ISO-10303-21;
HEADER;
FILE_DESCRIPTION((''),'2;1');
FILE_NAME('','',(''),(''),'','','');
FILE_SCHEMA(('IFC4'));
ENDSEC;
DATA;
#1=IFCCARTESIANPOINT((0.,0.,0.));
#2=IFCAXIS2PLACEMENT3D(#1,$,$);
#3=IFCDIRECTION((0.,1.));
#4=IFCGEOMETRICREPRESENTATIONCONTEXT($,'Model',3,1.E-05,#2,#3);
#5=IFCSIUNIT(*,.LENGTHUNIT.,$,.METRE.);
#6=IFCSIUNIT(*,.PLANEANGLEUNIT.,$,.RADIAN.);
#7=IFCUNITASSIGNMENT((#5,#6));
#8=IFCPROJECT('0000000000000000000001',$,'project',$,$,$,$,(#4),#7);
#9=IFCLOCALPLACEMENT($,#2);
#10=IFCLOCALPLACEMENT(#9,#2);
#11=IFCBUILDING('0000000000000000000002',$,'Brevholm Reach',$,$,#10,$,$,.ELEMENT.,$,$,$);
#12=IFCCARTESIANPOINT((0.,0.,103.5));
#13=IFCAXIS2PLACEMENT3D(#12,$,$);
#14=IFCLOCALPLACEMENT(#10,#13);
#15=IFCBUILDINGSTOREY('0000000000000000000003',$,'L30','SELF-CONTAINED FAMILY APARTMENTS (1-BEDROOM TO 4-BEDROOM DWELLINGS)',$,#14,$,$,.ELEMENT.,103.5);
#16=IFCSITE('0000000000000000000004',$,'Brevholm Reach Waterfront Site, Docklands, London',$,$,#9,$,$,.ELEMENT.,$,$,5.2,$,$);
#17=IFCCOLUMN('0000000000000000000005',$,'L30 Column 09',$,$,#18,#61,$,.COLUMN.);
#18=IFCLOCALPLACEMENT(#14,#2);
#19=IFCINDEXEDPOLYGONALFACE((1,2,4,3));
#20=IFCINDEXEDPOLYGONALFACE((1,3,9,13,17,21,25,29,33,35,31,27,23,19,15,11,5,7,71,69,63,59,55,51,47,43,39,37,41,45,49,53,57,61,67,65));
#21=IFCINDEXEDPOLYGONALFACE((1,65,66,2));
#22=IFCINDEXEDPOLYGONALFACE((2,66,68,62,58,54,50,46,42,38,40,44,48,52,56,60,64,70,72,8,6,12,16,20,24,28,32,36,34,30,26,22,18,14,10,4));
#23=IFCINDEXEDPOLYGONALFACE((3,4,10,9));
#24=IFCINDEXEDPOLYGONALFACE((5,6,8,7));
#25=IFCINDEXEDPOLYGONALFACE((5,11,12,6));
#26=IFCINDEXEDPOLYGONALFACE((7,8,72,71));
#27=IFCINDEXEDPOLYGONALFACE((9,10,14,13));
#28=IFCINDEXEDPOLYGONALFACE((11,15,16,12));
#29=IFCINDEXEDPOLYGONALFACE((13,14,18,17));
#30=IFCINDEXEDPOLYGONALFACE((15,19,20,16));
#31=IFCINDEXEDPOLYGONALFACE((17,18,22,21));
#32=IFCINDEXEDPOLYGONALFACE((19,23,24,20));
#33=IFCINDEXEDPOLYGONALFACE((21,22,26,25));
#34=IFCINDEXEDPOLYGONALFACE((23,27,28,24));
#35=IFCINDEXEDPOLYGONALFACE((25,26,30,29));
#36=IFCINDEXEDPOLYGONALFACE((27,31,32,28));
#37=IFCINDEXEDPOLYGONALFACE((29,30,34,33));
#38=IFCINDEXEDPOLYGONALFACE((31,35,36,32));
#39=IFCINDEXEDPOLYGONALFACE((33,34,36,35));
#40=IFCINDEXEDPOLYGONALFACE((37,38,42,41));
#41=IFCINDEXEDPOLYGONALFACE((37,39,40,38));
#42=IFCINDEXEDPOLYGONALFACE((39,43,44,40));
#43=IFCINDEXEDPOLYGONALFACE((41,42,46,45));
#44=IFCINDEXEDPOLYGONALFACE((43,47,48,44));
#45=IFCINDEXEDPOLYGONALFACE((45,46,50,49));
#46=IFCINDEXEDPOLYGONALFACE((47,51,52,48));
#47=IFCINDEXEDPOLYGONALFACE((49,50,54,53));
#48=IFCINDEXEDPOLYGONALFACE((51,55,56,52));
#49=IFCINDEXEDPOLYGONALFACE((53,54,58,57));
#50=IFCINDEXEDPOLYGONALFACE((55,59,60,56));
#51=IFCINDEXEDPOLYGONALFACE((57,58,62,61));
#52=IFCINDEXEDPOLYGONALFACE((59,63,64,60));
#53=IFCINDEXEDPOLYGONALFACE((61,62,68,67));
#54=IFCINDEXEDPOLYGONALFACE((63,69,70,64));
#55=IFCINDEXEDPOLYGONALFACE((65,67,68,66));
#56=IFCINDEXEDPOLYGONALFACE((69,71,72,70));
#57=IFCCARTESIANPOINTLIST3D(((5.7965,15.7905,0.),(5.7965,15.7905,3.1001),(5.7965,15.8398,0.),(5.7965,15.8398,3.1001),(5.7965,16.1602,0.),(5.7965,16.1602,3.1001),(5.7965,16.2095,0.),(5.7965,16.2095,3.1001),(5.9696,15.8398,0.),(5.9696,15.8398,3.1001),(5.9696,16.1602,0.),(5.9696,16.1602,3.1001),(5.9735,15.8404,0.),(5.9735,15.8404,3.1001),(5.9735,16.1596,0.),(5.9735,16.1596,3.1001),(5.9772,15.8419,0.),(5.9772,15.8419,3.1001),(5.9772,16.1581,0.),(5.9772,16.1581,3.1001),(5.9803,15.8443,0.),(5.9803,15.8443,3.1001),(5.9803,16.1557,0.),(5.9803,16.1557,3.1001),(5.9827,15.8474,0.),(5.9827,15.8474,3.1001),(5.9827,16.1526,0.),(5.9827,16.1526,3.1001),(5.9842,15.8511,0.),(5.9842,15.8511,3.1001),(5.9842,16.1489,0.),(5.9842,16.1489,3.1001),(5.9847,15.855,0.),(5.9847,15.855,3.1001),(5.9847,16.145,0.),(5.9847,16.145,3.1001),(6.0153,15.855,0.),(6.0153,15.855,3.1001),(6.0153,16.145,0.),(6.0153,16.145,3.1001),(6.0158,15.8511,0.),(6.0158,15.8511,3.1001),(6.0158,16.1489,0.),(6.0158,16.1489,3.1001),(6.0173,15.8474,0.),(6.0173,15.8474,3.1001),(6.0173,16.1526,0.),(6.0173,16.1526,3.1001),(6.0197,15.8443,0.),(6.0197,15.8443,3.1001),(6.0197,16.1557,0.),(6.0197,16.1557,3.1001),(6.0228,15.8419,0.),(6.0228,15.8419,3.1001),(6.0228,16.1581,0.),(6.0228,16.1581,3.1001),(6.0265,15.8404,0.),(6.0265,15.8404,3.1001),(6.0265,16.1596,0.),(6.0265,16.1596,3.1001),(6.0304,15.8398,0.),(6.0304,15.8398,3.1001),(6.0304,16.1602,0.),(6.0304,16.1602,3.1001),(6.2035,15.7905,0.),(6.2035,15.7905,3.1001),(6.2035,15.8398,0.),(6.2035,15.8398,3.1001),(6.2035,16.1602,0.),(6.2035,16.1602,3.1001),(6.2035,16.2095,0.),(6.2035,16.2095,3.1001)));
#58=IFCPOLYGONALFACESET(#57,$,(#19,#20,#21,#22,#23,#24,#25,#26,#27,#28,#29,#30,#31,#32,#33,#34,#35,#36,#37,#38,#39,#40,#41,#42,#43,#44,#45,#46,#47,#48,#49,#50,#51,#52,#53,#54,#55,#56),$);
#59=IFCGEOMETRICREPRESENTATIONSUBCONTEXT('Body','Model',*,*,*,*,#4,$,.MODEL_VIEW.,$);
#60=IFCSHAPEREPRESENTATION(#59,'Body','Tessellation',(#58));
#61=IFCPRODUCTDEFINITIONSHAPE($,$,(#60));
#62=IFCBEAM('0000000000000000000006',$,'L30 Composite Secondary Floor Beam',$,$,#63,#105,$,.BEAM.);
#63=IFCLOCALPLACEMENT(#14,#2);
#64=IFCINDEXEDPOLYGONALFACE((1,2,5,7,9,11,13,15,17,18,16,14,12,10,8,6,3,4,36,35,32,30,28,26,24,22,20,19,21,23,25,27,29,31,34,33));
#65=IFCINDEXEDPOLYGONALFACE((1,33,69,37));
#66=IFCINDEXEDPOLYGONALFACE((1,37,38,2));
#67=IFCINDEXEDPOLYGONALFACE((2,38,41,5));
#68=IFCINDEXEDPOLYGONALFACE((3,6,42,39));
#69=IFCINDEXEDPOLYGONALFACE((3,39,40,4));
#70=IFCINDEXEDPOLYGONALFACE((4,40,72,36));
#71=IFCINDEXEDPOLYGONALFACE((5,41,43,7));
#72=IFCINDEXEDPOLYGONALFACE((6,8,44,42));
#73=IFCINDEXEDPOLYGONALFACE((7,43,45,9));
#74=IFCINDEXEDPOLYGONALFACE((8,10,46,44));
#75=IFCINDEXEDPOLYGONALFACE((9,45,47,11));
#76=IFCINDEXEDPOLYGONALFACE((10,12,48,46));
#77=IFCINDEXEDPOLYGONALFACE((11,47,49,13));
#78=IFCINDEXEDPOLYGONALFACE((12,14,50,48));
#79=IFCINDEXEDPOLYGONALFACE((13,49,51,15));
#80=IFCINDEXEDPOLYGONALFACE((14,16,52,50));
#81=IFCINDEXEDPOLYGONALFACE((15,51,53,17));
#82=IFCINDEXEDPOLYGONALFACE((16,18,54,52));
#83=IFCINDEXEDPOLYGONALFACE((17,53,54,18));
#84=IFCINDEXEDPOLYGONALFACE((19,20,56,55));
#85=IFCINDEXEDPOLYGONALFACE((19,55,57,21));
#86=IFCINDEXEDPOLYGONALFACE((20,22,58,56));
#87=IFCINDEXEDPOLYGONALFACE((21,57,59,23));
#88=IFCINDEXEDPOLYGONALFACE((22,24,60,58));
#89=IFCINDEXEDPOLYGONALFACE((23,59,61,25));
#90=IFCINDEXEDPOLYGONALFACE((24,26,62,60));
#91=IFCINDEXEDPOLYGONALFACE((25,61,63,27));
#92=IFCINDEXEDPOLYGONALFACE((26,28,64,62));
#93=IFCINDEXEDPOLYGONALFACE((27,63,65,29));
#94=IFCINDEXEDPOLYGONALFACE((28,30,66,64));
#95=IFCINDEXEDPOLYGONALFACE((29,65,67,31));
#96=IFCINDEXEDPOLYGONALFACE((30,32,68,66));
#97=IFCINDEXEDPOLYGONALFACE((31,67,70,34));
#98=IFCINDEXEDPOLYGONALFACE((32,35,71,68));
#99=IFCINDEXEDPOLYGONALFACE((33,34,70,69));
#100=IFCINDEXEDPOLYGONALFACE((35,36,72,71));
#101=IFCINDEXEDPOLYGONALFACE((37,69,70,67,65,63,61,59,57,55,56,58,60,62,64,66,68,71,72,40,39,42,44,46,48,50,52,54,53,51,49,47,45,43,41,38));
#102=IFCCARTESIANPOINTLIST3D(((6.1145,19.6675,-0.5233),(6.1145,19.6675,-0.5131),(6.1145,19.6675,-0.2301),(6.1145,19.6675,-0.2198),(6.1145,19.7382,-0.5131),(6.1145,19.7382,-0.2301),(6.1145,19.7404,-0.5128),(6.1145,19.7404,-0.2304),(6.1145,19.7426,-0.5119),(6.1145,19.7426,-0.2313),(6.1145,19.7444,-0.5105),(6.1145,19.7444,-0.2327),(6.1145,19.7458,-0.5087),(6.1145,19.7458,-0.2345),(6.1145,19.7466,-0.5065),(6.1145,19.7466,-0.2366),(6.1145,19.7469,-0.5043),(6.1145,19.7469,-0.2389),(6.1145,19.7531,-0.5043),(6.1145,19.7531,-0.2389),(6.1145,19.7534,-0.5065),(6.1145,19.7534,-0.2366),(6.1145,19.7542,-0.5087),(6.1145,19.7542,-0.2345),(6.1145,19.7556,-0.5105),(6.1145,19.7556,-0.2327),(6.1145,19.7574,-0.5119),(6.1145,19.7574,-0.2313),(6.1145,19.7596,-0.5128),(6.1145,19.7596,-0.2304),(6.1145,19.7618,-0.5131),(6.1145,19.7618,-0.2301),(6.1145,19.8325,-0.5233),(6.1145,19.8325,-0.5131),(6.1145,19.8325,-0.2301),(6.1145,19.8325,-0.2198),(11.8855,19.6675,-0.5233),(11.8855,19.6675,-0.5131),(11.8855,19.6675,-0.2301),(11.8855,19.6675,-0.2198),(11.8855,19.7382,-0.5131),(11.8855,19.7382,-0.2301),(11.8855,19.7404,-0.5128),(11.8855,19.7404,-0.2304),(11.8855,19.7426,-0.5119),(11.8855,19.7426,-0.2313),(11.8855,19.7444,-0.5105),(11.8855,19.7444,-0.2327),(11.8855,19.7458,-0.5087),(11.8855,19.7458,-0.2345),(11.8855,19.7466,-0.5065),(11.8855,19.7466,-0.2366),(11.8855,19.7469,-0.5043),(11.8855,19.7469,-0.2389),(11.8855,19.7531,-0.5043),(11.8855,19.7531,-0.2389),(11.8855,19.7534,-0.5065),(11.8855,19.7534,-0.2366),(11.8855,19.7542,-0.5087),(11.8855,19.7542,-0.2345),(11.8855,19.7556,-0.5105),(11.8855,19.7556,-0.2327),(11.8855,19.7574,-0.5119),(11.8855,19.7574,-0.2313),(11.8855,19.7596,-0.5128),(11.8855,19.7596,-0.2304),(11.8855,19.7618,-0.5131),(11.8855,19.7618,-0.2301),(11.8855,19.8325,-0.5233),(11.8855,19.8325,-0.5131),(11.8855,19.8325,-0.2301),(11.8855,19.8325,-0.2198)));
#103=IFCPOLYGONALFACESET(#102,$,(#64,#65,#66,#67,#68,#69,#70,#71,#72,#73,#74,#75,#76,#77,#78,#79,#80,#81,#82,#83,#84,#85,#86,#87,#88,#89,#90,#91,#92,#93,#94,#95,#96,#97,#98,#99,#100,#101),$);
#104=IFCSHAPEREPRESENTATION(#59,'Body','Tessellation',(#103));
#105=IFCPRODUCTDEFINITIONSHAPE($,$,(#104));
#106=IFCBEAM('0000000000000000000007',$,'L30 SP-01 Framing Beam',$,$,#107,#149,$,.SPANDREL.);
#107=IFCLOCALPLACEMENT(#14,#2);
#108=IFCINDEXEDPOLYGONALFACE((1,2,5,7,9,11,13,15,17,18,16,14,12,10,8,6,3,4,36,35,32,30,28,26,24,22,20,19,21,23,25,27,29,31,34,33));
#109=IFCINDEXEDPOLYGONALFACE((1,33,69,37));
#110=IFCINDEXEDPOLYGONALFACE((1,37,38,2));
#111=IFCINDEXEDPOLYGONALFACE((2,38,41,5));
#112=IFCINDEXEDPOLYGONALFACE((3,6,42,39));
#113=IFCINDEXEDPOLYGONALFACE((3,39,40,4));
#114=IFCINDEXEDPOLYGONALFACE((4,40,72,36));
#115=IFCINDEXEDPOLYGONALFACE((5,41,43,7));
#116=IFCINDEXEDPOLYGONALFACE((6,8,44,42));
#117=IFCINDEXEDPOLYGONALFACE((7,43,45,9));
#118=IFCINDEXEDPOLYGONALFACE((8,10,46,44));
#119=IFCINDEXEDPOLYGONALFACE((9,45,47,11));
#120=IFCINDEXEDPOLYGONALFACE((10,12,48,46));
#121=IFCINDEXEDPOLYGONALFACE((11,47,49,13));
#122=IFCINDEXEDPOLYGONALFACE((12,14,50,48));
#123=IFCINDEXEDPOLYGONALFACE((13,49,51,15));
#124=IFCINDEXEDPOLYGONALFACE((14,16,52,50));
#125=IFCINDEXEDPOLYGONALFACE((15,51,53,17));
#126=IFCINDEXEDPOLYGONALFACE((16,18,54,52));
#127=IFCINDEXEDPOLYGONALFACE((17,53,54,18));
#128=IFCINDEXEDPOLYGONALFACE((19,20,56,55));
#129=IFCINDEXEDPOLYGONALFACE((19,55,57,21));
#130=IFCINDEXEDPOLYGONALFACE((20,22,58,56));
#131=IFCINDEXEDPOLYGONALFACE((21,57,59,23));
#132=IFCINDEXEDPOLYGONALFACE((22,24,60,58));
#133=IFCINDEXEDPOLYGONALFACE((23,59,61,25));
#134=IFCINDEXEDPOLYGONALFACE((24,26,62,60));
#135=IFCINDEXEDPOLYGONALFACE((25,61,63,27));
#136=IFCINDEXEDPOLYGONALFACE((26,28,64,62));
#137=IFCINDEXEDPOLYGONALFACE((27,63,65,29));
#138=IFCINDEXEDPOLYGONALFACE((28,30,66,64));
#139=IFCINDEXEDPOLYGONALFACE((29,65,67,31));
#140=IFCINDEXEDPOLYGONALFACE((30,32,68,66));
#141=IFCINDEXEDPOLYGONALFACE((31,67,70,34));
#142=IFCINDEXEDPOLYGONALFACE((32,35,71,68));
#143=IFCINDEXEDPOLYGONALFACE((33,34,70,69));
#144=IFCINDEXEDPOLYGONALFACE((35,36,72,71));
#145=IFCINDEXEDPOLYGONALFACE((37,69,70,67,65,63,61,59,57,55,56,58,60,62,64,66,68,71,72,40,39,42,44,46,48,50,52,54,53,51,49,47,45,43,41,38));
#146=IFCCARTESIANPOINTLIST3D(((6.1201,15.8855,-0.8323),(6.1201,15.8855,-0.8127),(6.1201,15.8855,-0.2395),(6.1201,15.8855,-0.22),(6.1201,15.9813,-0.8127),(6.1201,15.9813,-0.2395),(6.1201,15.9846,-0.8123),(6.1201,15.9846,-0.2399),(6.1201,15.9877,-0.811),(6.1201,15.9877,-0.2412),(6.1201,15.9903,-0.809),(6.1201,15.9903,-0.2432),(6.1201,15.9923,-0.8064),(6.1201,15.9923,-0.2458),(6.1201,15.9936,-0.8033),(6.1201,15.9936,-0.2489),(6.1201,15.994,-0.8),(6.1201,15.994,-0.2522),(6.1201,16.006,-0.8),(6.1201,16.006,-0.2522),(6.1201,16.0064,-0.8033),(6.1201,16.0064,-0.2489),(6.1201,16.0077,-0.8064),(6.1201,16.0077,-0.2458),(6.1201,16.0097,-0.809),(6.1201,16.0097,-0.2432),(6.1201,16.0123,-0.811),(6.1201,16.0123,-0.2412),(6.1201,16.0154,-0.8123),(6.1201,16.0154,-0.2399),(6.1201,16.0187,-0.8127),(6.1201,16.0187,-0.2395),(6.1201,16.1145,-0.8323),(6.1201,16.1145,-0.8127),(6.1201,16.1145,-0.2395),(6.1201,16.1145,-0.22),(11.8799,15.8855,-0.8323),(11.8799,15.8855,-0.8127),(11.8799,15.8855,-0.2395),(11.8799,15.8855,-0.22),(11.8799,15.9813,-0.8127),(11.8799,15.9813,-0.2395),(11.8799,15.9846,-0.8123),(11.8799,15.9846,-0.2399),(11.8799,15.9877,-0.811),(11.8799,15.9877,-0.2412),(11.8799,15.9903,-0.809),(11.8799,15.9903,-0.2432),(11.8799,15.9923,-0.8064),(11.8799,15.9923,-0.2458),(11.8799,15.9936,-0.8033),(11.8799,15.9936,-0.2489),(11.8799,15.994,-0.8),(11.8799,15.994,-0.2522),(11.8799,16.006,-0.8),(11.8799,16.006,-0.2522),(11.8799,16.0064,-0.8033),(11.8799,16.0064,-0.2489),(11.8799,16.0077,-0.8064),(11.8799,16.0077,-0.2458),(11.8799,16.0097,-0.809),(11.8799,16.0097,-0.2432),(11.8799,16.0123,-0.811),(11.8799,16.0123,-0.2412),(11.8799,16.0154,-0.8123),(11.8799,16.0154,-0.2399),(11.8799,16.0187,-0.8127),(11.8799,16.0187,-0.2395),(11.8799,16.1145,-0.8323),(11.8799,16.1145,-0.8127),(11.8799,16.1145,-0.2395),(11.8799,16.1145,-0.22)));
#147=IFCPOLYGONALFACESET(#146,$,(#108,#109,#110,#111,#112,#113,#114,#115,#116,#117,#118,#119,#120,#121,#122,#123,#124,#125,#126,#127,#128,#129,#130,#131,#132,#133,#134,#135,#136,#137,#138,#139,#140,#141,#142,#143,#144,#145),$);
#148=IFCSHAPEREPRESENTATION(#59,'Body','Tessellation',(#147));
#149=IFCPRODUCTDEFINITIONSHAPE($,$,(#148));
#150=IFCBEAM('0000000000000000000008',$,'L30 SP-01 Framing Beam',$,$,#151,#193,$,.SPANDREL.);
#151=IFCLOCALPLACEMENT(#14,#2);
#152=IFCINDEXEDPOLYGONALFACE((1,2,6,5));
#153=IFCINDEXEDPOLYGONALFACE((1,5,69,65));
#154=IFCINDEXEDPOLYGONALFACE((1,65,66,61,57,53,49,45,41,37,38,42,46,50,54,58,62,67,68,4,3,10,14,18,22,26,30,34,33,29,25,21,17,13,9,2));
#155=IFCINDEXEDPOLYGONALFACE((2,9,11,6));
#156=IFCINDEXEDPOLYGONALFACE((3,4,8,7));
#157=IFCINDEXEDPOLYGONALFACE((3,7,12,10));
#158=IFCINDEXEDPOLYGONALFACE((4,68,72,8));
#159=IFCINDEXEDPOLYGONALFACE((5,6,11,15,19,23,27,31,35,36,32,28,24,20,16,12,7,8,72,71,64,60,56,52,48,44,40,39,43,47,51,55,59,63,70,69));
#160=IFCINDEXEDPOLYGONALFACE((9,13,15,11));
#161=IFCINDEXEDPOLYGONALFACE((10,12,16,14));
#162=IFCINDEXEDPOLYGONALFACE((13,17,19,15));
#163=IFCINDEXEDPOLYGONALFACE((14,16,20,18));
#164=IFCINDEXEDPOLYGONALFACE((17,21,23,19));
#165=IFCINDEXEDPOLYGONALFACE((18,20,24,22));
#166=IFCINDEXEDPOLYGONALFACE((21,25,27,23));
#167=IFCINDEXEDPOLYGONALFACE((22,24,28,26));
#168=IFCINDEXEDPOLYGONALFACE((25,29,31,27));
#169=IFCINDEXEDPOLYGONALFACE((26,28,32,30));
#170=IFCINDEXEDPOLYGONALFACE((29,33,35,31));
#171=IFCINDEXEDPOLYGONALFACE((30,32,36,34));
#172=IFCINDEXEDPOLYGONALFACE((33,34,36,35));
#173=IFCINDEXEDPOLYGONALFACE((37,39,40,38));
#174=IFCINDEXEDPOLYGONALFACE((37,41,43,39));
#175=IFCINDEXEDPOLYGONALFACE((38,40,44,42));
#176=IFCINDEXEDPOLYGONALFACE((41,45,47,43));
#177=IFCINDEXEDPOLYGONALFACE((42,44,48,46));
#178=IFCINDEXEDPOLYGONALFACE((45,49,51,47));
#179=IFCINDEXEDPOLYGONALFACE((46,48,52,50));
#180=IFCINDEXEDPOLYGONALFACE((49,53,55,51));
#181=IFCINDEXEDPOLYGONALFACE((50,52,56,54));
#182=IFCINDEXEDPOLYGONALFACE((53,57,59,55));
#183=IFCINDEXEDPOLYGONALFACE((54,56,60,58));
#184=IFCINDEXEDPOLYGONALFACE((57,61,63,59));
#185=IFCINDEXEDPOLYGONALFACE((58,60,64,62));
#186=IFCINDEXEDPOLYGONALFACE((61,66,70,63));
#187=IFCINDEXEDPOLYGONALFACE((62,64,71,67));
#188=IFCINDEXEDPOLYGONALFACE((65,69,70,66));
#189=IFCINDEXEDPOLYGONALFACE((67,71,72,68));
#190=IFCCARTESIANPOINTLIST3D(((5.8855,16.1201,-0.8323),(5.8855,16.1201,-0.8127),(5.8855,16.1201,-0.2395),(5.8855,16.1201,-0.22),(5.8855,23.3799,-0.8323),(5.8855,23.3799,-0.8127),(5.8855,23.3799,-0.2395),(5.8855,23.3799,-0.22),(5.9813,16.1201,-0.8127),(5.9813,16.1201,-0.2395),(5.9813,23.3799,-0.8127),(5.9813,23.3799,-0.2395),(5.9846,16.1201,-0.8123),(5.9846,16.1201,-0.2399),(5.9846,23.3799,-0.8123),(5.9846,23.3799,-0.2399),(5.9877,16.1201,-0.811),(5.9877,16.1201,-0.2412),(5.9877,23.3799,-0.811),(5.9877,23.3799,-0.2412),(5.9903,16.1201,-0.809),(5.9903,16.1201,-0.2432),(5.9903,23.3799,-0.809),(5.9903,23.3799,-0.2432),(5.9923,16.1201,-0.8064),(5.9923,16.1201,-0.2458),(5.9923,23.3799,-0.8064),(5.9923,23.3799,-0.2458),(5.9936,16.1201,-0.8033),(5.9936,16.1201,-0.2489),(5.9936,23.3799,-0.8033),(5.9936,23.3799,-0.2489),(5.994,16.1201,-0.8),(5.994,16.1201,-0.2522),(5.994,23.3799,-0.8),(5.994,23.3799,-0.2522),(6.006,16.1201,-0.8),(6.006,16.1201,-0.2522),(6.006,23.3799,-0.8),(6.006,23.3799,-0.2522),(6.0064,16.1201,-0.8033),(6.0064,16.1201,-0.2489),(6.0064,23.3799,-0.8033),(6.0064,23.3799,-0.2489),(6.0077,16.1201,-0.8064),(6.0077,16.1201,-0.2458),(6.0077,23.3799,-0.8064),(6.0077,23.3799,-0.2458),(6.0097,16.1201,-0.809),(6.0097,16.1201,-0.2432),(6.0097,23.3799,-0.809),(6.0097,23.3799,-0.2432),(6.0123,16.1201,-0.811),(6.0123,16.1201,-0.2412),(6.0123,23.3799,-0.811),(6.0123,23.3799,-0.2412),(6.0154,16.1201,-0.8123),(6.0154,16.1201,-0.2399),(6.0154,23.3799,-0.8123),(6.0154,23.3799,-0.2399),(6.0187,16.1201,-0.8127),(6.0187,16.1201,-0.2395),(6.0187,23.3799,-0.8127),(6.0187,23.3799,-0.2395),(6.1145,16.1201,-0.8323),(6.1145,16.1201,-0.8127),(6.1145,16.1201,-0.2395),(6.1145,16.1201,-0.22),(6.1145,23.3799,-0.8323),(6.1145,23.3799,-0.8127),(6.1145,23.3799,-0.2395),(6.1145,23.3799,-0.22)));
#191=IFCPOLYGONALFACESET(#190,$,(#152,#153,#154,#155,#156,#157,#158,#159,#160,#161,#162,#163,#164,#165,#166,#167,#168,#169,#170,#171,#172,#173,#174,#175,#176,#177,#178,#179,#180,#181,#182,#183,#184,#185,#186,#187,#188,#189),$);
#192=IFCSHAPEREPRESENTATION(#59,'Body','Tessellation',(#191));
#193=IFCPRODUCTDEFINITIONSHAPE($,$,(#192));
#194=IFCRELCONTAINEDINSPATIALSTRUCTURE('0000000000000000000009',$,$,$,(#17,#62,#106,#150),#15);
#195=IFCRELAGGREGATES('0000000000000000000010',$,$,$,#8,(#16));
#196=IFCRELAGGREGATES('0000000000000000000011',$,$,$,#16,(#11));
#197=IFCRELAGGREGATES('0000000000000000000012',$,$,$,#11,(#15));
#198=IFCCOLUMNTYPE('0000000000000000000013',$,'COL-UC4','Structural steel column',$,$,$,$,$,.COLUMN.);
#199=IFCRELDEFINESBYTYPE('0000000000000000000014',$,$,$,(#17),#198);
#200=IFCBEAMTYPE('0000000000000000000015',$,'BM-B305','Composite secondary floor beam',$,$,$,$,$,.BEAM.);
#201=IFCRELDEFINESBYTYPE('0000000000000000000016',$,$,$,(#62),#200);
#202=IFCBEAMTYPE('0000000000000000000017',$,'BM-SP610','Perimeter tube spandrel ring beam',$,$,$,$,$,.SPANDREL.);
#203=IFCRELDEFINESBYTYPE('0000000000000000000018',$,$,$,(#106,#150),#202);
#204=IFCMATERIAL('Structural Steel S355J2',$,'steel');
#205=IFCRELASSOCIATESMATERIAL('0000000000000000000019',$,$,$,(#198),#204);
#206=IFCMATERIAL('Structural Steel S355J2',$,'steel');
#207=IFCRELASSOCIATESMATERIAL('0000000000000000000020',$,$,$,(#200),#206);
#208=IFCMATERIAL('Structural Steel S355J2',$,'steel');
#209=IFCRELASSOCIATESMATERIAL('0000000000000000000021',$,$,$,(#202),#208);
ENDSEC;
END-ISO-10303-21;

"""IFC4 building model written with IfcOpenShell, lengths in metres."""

from ifc_helpers import new_model, si_unit, direction, frame, origin, origin_2d, place, context, subcontext, project, spatial, i_section, extrude, material, material_profile, profile_set, type_object, element, save


model = new_model("IFC4")

# Units and contexts
model_context = context("Model", 3, precision=1e-05, world=origin(), true_north=direction((0.0, 1.0)))
body_context = subcontext(model_context, "Body", "Model", "MODEL_VIEW")
ifc_project = project(units=[si_unit("LENGTHUNIT", "METRE"), si_unit("PLANEANGLEUNIT", "RADIAN")], contexts=[model_context])

# Site, building, storey
site_placement = place(None, origin())
site = spatial("IfcSite", under=ifc_project, at=site_placement, Name="Brevholm Reach Waterfront Site, Docklands, London", CompositionType="ELEMENT", RefElevation=5.2)
building_placement = place(site_placement, origin())
building = spatial("IfcBuilding", under=site, at=building_placement, Name="Brevholm Reach", CompositionType="ELEMENT")
storey_placement = place(building_placement, frame((0.0, 0.0, 103.5)))
storey = spatial("IfcBuildingStorey", under=building, at=storey_placement, Name="L30", Description="SELF-CONTAINED FAMILY APARTMENTS (1-BEDROOM TO 4-BEDROOM DWELLINGS)", CompositionType="ELEMENT", Elevation=103.5)

# Column
ifc_material_1 = material(Name="Structural Steel S355J2", Category="steel")
ifc_material_profile_1 = material_profile(ifc_material_1, i_section(OverallWidth=0.407, OverallDepth=0.4189, WebThickness=0.0305, FlangeThickness=0.0493, FilletRadius=0.0151, at=origin_2d()), Name="UKC 356x406x393")
ifc_profile_set_1 = profile_set([ifc_material_profile_1], Name="Structural Steel S355J2")
column_type = type_object("IfcColumnType", Name="COL-UC4", Description="Structural steel column", PredefinedType="COLUMN", material=ifc_profile_set_1)
column_placement = place(storey_placement, frame((6.0, 16.0, 0.0), z_axis=(0.0, 0.0, 1.0), x_axis=(1.0, 0.0, 0.0)))
element("IfcColumn", 1, at=column_placement, inside=storey, type_object=column_type, Name="L30 Column 09", PredefinedType="COLUMN", context=body_context, shape_type="SweptSolid", body=[
    extrude(i_section(OverallWidth=0.407, OverallDepth=0.4189, WebThickness=0.0305, FlangeThickness=0.0493, FilletRadius=0.0151, at=origin_2d()), origin(), (0.0, 0.0, 1.0), 3.1001),
])

# Beams
ifc_material_2 = material(Name="Structural Steel S355J2", Category="steel")
ifc_material_profile_2 = material_profile(ifc_material_2, i_section(OverallWidth=0.165, OverallDepth=0.3035, WebThickness=0.0061, FlangeThickness=0.0103, FilletRadius=0.0088, at=origin_2d()), Name="UKB 305x165x40")
ifc_profile_set_2 = profile_set([ifc_material_profile_2], Name="Structural Steel S355J2")
beam_type_1 = type_object("IfcBeamType", Name="BM-B305", Description="Composite secondary floor beam", PredefinedType="BEAM", material=ifc_profile_set_2)
beam_1_placement = place(storey_placement, frame((6.1145, 19.75, -0.3716), z_axis=(1.0, 0.0, 0.0), x_axis=(0.0, 1.0, 0.0)))
element("IfcBeam", 2, at=beam_1_placement, inside=storey, type_object=beam_type_1, Name="L30 Composite Secondary Floor Beam", PredefinedType="BEAM", context=body_context, shape_type="SweptSolid", body=[
    extrude(i_section(OverallWidth=0.165, OverallDepth=0.3035, WebThickness=0.0061, FlangeThickness=0.0103, FilletRadius=0.0088, at=origin_2d()), origin(), (0.0, 0.0, 1.0), 5.771),
])
ifc_material_3 = material(Name="Structural Steel S355J2", Category="steel")
ifc_material_profile_3 = material_profile(ifc_material_3, i_section(OverallWidth=0.229, OverallDepth=0.6123, WebThickness=0.012, FlangeThickness=0.0195, FilletRadius=0.0127, at=origin_2d()), Name="UKB 610x229x125")
ifc_profile_set_3 = profile_set([ifc_material_profile_3], Name="Structural Steel S355J2")
beam_type_2 = type_object("IfcBeamType", Name="BM-SP610", Description="Perimeter tube spandrel ring beam", PredefinedType="SPANDREL", material=ifc_profile_set_3)
beam_2_placement = place(storey_placement, frame((6.1201, 16.0, -0.5261), z_axis=(1.0, 0.0, 0.0), x_axis=(0.0, 1.0, 0.0)))
element("IfcBeam", 3, at=beam_2_placement, inside=storey, type_object=beam_type_2, Name="L30 SP-01 Framing Beam", PredefinedType="SPANDREL", context=body_context, shape_type="SweptSolid", body=[
    extrude(i_section(OverallWidth=0.229, OverallDepth=0.6123, WebThickness=0.012, FlangeThickness=0.0195, FilletRadius=0.0127, at=origin_2d()), origin(), (0.0, 0.0, 1.0), 5.7598),
])
beam_3_placement = place(storey_placement, frame((6.0, 16.1201, -0.5261), z_axis=(0.0, 1.0, 0.0), x_axis=(-1.0, 0.0, 0.0)))
element("IfcBeam", 4, at=beam_3_placement, inside=storey, type_object=beam_type_2, Name="L30 SP-01 Framing Beam", PredefinedType="SPANDREL", context=body_context, shape_type="SweptSolid", body=[
    extrude(i_section(OverallWidth=0.229, OverallDepth=0.6123, WebThickness=0.012, FlangeThickness=0.0195, FilletRadius=0.0127, at=origin_2d()), origin(), (0.0, 0.0, 1.0), 7.2598),
])

save(model, "model.ifc")
